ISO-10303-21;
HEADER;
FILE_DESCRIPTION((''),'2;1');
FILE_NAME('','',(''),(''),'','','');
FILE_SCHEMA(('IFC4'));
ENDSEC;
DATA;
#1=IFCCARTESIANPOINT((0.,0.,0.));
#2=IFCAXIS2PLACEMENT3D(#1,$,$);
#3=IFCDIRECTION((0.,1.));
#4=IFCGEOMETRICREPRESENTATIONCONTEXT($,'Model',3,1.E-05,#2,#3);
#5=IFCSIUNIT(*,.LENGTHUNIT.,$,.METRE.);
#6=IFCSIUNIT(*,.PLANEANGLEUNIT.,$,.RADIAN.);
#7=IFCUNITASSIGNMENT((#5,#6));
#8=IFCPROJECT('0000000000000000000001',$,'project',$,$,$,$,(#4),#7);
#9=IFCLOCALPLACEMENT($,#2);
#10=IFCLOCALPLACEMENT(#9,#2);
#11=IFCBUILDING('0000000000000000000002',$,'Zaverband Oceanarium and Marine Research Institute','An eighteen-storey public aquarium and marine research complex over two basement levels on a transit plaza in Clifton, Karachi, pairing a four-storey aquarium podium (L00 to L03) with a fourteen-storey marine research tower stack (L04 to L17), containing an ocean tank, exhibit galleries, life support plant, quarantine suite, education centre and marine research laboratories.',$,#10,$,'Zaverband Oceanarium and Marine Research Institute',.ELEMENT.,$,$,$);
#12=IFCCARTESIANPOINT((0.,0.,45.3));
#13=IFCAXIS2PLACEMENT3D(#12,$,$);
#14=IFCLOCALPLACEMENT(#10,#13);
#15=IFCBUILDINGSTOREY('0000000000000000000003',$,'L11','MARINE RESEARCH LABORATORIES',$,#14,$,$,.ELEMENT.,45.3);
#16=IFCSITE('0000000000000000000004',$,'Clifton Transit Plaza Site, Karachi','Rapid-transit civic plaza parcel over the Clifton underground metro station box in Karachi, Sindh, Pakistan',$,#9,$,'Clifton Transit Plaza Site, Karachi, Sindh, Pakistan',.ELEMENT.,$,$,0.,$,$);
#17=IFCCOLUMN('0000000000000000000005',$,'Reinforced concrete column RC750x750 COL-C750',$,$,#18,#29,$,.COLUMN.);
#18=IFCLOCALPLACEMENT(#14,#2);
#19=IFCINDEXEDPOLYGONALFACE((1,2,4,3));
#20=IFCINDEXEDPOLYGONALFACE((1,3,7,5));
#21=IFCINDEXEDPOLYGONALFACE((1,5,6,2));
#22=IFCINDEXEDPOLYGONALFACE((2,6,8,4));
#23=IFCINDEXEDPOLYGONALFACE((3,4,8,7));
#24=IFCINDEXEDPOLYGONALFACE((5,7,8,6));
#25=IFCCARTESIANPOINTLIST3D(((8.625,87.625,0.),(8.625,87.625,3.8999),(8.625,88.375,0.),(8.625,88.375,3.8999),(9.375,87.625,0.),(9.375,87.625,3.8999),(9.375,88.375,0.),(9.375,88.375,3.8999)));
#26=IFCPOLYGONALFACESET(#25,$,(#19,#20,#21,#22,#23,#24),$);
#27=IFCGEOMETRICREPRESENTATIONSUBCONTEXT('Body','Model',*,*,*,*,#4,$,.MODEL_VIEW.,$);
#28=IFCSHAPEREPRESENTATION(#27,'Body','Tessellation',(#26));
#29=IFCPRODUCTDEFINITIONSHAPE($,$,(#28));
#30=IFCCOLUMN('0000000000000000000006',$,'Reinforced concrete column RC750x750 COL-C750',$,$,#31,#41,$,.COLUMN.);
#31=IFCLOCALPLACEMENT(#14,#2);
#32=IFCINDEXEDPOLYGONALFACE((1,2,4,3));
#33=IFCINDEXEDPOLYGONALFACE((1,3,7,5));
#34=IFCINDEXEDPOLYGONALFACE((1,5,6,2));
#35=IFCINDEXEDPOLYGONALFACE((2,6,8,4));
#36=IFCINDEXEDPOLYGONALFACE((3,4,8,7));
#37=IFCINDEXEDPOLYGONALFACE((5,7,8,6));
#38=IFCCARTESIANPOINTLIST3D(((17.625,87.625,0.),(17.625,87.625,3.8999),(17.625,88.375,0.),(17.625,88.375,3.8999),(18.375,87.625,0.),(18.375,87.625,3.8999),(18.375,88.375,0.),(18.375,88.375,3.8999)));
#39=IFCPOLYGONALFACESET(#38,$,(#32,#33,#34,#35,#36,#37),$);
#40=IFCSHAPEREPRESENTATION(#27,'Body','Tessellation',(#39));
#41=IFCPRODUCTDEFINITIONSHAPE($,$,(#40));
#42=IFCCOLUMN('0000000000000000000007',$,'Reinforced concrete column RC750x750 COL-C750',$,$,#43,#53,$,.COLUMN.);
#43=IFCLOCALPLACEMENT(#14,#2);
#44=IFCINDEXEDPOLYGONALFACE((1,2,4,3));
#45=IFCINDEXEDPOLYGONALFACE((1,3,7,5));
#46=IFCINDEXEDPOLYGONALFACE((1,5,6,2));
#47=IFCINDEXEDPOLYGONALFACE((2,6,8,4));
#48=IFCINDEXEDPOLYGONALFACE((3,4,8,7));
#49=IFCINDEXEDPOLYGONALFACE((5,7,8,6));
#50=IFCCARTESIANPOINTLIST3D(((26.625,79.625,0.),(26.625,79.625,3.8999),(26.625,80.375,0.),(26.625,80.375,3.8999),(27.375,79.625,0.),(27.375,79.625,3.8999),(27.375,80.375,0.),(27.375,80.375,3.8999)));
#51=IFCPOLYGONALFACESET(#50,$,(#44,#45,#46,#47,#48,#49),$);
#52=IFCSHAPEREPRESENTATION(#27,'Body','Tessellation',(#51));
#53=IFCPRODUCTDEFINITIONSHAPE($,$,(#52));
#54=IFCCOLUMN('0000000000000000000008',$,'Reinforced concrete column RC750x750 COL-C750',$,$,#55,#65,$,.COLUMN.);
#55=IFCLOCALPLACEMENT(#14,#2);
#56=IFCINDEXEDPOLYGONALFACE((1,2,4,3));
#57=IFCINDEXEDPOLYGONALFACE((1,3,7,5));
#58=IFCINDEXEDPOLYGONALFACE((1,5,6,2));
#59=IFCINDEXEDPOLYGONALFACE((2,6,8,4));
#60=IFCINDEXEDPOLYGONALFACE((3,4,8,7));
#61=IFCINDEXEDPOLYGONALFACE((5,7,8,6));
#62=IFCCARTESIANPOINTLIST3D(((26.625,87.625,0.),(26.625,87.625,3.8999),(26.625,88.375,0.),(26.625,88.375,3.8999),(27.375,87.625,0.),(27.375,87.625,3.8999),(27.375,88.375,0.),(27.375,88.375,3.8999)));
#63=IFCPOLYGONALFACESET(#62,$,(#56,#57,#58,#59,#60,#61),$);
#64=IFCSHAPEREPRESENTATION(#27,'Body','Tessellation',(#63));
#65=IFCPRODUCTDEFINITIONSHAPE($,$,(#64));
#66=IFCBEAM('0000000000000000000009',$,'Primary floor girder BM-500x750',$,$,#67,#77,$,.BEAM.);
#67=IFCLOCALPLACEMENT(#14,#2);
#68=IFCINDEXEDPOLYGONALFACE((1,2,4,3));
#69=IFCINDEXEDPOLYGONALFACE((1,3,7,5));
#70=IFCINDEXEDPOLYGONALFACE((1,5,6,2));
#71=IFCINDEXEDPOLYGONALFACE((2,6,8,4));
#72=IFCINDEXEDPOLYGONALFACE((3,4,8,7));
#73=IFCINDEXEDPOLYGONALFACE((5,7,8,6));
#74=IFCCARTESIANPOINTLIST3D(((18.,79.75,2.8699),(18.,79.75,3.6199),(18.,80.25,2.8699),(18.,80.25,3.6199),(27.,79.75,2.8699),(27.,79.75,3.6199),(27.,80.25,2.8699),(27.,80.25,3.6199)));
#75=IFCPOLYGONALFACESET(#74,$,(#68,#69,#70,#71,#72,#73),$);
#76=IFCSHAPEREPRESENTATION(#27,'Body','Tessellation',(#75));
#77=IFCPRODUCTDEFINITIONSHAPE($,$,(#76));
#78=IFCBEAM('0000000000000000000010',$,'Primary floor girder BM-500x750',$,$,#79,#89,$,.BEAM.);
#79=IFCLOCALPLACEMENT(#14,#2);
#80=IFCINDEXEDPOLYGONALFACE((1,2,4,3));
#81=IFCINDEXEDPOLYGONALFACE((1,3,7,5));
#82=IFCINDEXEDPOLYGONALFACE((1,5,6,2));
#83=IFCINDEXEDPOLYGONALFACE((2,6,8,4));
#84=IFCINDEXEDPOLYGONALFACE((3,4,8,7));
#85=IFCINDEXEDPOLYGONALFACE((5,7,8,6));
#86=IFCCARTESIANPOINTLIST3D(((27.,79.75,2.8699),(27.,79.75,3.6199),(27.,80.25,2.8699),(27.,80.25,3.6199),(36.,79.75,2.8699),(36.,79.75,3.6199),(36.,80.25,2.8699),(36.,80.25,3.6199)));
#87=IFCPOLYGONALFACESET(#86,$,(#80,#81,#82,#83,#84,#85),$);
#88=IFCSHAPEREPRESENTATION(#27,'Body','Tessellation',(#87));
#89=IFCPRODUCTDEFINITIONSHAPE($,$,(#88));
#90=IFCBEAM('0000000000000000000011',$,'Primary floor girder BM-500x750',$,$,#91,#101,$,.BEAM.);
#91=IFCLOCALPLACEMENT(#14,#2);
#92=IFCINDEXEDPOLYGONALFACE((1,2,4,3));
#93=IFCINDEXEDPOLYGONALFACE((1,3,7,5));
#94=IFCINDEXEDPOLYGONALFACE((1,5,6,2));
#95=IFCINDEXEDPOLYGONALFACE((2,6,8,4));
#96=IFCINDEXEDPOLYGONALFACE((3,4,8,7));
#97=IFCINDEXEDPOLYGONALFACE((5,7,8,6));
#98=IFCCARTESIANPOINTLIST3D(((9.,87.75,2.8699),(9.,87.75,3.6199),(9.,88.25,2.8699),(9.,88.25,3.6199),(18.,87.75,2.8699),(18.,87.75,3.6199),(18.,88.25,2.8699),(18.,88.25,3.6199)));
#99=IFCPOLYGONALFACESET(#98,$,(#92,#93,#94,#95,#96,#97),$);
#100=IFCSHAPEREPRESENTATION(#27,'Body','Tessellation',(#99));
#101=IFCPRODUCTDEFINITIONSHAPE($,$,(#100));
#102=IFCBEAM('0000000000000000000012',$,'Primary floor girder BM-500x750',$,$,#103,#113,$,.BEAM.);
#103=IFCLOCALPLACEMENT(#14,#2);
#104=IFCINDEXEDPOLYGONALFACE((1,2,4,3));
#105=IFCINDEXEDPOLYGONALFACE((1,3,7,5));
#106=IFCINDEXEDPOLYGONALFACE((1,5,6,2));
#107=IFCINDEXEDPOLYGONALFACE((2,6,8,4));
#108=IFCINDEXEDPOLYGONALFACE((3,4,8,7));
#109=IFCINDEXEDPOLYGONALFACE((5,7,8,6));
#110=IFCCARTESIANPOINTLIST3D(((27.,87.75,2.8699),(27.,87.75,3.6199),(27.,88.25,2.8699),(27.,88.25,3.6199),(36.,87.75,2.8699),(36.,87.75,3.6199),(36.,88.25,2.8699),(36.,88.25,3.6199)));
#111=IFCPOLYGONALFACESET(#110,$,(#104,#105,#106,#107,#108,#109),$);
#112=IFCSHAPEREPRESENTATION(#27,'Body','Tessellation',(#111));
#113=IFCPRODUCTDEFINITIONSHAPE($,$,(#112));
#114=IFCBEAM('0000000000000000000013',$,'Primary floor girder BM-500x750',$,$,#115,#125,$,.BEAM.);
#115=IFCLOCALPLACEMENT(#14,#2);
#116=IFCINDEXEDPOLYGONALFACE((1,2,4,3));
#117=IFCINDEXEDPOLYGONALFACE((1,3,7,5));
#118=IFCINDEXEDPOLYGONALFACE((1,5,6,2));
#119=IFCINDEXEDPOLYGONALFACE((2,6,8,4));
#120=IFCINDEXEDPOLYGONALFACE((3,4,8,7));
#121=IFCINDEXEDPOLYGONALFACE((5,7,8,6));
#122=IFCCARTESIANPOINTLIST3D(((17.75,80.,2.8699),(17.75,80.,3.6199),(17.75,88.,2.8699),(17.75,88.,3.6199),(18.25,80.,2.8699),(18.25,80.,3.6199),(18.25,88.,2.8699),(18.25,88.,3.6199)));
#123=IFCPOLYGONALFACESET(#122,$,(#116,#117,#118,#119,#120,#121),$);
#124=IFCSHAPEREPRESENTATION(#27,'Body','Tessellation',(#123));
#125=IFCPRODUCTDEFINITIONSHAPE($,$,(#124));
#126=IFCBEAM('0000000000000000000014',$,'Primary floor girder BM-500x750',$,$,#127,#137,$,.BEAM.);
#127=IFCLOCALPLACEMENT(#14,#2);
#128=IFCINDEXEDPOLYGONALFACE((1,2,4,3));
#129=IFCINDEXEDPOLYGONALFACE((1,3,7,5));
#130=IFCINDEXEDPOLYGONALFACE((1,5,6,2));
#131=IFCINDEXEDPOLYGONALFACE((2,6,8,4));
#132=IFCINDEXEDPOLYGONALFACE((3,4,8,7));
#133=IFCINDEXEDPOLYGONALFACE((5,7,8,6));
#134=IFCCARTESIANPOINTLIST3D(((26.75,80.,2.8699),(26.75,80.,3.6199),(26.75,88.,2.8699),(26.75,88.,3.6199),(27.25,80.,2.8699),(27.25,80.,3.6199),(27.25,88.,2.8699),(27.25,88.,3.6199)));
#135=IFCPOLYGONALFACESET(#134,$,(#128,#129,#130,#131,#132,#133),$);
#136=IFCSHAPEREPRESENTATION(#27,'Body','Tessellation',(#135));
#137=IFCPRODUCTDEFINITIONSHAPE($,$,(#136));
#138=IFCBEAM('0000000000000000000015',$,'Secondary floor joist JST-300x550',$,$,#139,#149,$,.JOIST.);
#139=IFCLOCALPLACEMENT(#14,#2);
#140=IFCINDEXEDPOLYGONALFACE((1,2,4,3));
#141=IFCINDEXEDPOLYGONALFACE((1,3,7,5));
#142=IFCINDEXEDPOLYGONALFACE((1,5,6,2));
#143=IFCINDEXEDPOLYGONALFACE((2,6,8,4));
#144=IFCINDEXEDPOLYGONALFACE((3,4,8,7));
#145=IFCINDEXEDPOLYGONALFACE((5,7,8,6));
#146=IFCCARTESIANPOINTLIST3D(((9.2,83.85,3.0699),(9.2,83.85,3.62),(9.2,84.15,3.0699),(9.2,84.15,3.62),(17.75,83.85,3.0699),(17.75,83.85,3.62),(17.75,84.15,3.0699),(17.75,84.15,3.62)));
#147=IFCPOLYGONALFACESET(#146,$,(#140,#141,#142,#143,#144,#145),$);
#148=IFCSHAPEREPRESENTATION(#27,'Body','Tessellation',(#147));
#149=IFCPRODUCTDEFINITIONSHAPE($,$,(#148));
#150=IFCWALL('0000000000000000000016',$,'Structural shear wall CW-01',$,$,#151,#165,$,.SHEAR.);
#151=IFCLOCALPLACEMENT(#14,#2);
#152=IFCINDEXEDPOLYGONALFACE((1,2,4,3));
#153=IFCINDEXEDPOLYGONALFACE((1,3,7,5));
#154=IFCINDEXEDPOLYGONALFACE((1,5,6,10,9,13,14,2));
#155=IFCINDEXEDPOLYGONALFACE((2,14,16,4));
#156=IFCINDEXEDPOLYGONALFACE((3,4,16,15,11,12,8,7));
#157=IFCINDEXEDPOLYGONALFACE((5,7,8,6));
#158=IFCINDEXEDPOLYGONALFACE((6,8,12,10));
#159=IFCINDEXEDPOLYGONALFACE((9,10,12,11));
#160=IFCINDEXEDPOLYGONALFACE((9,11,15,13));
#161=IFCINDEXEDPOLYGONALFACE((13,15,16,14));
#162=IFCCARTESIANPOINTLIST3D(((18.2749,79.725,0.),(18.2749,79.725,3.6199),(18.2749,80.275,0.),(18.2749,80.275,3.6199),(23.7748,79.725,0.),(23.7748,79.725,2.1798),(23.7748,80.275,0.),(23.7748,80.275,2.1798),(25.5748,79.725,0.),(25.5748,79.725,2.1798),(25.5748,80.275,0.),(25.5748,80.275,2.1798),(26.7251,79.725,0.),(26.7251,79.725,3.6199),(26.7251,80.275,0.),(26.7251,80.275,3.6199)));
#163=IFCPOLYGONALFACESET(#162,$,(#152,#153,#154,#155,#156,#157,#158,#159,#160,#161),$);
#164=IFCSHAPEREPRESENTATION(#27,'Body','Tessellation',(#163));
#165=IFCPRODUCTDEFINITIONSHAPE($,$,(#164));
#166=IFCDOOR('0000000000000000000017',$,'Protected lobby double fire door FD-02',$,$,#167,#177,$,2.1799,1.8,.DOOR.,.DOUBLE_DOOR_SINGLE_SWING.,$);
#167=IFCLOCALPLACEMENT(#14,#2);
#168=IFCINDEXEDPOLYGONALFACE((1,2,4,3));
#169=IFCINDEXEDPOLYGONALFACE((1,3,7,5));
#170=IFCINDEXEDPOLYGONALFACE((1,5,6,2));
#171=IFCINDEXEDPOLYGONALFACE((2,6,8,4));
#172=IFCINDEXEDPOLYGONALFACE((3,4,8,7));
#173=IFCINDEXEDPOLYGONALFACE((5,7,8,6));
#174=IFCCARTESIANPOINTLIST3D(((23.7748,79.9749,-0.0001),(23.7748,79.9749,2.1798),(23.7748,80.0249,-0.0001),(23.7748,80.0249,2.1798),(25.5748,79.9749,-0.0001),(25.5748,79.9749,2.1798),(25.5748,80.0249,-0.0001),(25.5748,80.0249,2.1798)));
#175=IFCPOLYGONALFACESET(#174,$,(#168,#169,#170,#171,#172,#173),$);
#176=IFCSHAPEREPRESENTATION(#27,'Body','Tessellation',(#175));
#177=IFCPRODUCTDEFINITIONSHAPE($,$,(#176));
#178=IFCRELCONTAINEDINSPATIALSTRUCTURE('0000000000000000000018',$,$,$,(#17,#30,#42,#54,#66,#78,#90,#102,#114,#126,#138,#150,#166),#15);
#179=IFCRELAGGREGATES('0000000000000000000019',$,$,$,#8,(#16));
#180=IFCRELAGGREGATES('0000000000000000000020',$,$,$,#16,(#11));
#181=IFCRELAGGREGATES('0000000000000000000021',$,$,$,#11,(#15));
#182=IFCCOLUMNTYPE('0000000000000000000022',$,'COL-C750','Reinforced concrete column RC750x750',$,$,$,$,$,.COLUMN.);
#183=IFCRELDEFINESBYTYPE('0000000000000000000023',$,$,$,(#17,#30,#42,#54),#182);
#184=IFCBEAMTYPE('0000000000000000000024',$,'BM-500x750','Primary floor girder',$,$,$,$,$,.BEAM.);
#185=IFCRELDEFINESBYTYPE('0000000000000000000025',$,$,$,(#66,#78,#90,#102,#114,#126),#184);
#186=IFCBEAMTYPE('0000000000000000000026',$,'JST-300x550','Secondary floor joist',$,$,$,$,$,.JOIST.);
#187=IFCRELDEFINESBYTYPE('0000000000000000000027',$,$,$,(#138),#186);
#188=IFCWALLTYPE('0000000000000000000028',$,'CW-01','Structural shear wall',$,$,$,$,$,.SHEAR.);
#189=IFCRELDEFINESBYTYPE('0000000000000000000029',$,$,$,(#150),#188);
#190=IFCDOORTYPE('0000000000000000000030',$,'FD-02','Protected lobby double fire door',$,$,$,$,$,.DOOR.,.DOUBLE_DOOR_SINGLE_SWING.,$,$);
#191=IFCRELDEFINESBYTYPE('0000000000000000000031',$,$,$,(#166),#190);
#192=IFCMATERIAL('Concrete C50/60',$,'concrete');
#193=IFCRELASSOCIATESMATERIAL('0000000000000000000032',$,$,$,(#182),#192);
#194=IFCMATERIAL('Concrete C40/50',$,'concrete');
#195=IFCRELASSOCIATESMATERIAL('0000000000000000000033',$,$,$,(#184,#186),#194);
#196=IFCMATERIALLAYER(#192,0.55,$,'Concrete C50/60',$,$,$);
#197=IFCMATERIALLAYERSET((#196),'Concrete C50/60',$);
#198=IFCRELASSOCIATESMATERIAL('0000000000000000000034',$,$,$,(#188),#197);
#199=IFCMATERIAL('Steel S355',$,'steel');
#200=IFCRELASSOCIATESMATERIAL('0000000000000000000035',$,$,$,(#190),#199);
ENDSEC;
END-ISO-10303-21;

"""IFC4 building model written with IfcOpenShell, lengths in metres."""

from ifc_helpers import new_model, si_unit, direction, frame, frame_2d, origin, origin_2d, place, context, subcontext, project, spatial, rectangle, extrude, material, layer, layer_set, material_profile, profile_set, type_object, element, fill, save


model = new_model("IFC4")

# Units and contexts
model_context = context("Model", 3, precision=1e-05, world=origin(), true_north=direction((0.0, 1.0)))
body_context = subcontext(model_context, "Body", "Model", "MODEL_VIEW")
ifc_project = project(units=[si_unit("LENGTHUNIT", "METRE"), si_unit("PLANEANGLEUNIT", "RADIAN")], contexts=[model_context])

# Site, building, storey
site_placement = place(None, origin())
site = spatial("IfcSite", under=ifc_project, at=site_placement, Name="Clifton Transit Plaza Site, Karachi", Description="Rapid-transit civic plaza parcel over the Clifton underground metro station box in Karachi, Sindh, Pakistan", LongName="Clifton Transit Plaza Site, Karachi, Sindh, Pakistan", CompositionType="ELEMENT", RefElevation=0.0)
building_placement = place(site_placement, origin())
building = spatial("IfcBuilding", under=site, at=building_placement, Name="Zaverband Oceanarium and Marine Research Institute", Description="An eighteen-storey public aquarium and marine research complex over two basement levels on a transit plaza in Clifton, Karachi, pairing a four-storey aquarium podium (L00 to L03) with a fourteen-storey marine research tower stack (L04 to L17), containing an ocean tank, exhibit galleries, life support plant, quarantine suite, education centre and marine research laboratories.", LongName="Zaverband Oceanarium and Marine Research Institute", CompositionType="ELEMENT")
storey_placement = place(building_placement, frame((0.0, 0.0, 45.3)))
storey = spatial("IfcBuildingStorey", under=building, at=storey_placement, Name="L11", Description="MARINE RESEARCH LABORATORIES", CompositionType="ELEMENT", Elevation=45.3)

# Columns
ifc_material_1 = material(Name="Concrete C50/60", Category="concrete")
ifc_material_profile_1 = material_profile(ifc_material_1, rectangle(XDim=0.75, YDim=0.75, at=origin_2d()), Name="RC750x750")
ifc_profile_set_1 = profile_set([ifc_material_profile_1], Name="Concrete C50/60")
column_type = type_object("IfcColumnType", Name="COL-C750", Description="Reinforced concrete column RC750x750", PredefinedType="COLUMN", material=ifc_profile_set_1)
for number, where, z_axis, x_axis, name in (
    (1, (9.0, 88.0, 0.0), (0.0, 0.0, 1.0), (1.0, 0.0, 0.0), "Reinforced concrete column RC750x750 COL-C750"),
    (2, (18.0, 88.0, 0.0), (0.0, 0.0, 1.0), (1.0, 0.0, 0.0), "Reinforced concrete column RC750x750 COL-C750"),
    (3, (27.0, 80.0, 0.0), (0.0, 0.0, 1.0), (1.0, 0.0, 0.0), "Reinforced concrete column RC750x750 COL-C750"),
    (4, (27.0, 88.0, 0.0), (0.0, 0.0, 1.0), (1.0, 0.0, 0.0), "Reinforced concrete column RC750x750 COL-C750"),
):
    element("IfcColumn", number, at=place(storey_placement, frame(where, z_axis=z_axis, x_axis=x_axis)), inside=storey, type_object=column_type, Name=name, PredefinedType="COLUMN", context=body_context, shape_type="SweptSolid", body=[
        extrude(rectangle(XDim=0.75, YDim=0.75, at=origin_2d()), origin(), (0.0, 0.0, 1.0), 3.8999),
    ])

# Beams
ifc_material_2 = material(Name="Concrete C40/50", Category="concrete")
ifc_material_profile_2 = material_profile(ifc_material_2, rectangle(XDim=0.5, YDim=0.75, at=origin_2d()), Name="RC500x750")
ifc_profile_set_2 = profile_set([ifc_material_profile_2], Name="Concrete C40/50")
beam_type_1 = type_object("IfcBeamType", Name="BM-500x750", Description="Primary floor girder", PredefinedType="BEAM", material=ifc_profile_set_2)
for number, where, z_axis, x_axis, name in (
    (5, (18.0, 80.0, 3.2449), (1.0, 0.0, 0.0), (0.0, 1.0, 0.0), "Primary floor girder BM-500x750"),
    (6, (27.0, 80.0, 3.2449), (1.0, 0.0, 0.0), (0.0, 1.0, 0.0), "Primary floor girder BM-500x750"),
    (7, (9.0, 88.0, 3.2449), (1.0, 0.0, 0.0), (0.0, 1.0, 0.0), "Primary floor girder BM-500x750"),
    (8, (27.0, 88.0, 3.2449), (1.0, 0.0, 0.0), (0.0, 1.0, 0.0), "Primary floor girder BM-500x750"),
):
    element("IfcBeam", number, at=place(storey_placement, frame(where, z_axis=z_axis, x_axis=x_axis)), inside=storey, type_object=beam_type_1, Name=name, PredefinedType="BEAM", context=body_context, shape_type="SweptSolid", body=[
        extrude(rectangle(XDim=0.5, YDim=0.75, at=origin_2d()), origin(), (0.0, 0.0, 1.0), 9.0),
    ])
for number, where, z_axis, x_axis, name in (
    (9, (18.0, 80.0, 3.2449), (0.0, 1.0, 0.0), (-1.0, 0.0, 0.0), "Primary floor girder BM-500x750"),
    (10, (27.0, 80.0, 3.2449), (0.0, 1.0, 0.0), (-1.0, 0.0, 0.0), "Primary floor girder BM-500x750"),
):
    element("IfcBeam", number, at=place(storey_placement, frame(where, z_axis=z_axis, x_axis=x_axis)), inside=storey, type_object=beam_type_1, Name=name, PredefinedType="BEAM", context=body_context, shape_type="SweptSolid", body=[
        extrude(rectangle(XDim=0.5, YDim=0.75, at=origin_2d()), origin(), (0.0, 0.0, 1.0), 8.0),
    ])
ifc_material_profile_3 = material_profile(ifc_material_2, rectangle(XDim=0.3, YDim=0.55, at=origin_2d()), Name="RC300x550")
ifc_profile_set_3 = profile_set([ifc_material_profile_3], Name="Concrete C40/50")
beam_type_2 = type_object("IfcBeamType", Name="JST-300x550", Description="Secondary floor joist", PredefinedType="JOIST", material=ifc_profile_set_3)
beam_placement = place(storey_placement, frame((9.2, 84.0, 3.345), z_axis=(1.0, 0.0, 0.0), x_axis=(0.0, 1.0, 0.0)))
element("IfcBeam", 11, at=beam_placement, inside=storey, type_object=beam_type_2, Name="Secondary floor joist JST-300x550", PredefinedType="JOIST", context=body_context, shape_type="SweptSolid", body=[
    extrude(rectangle(XDim=0.3, YDim=0.55, at=origin_2d()), origin(), (0.0, 0.0, 1.0), 8.55),
])

# Wall, opening, door
ifc_layer_1 = layer(ifc_material_1, 0.55, Name="Concrete C50/60")
ifc_layer_set_1 = layer_set([ifc_layer_1], Name="Concrete C50/60")
wall_type_1 = type_object("IfcWallType", Name="CW-01", Description="Structural shear wall", PredefinedType="SHEAR", material=ifc_layer_set_1)
wall_1_placement = place(storey_placement, frame((18.2749, 80.0, 0.0), z_axis=(0.0, 0.0, 1.0), x_axis=(1.0, 0.0, 0.0)))
wall_1 = element("IfcWall", 12, at=wall_1_placement, inside=storey, type_object=wall_type_1, Name="Structural shear wall CW-01", PredefinedType="SHEAR", context=body_context, shape_type="SweptSolid", body=[
    extrude(rectangle(XDim=8.4502, YDim=0.55, at=frame_2d((4.2251, 0.0))), origin(), (0.0, 0.0, 1.0), 3.6199),
])
opening_1_placement = place(wall_1_placement, frame((5.5, 0.0, 0.0)))
opening_1 = element("IfcOpeningElement", 13, at=opening_1_placement, cuts=wall_1, PredefinedType="OPENING", context=body_context, shape_type="SweptSolid", body=[
    extrude(rectangle(XDim=1.8, YDim=2.1799, at=frame_2d((0.8999, 1.0898))), frame((0.0, 0.2871, 0.0), z_axis=(0.0, -1.0, 0.0), x_axis=(1.0, 0.0, 0.0)), (0.0, 0.0, 1.0), 0.574),
])
ifc_material_3 = material(Name="Steel S355", Category="steel")
door_type_1 = type_object("IfcDoorType", Name="FD-02", Description="Protected lobby double fire door", OperationType="DOUBLE_DOOR_SINGLE_SWING", PredefinedType="DOOR", material=ifc_material_3)
door_1_placement = place(opening_1_placement, origin())
door_1 = element("IfcDoor", 14, at=door_1_placement, inside=storey, type_object=door_type_1, Name="Protected lobby double fire door FD-02", OperationType="DOUBLE_DOOR_SINGLE_SWING", OverallHeight=2.1799, OverallWidth=1.8, PredefinedType="DOOR", context=body_context, shape_type="SweptSolid", body=[
    extrude(rectangle(XDim=1.8, YDim=2.1799, at=frame_2d((0.8999, 1.0898))), frame((0.0, 0.0249, 0.0), z_axis=(0.0, -1.0, 0.0), x_axis=(1.0, 0.0, 0.0)), (0.0, 0.0, 1.0), 0.05),
])
fill(opening_1, door_1)

save(model, "model.ifc")
